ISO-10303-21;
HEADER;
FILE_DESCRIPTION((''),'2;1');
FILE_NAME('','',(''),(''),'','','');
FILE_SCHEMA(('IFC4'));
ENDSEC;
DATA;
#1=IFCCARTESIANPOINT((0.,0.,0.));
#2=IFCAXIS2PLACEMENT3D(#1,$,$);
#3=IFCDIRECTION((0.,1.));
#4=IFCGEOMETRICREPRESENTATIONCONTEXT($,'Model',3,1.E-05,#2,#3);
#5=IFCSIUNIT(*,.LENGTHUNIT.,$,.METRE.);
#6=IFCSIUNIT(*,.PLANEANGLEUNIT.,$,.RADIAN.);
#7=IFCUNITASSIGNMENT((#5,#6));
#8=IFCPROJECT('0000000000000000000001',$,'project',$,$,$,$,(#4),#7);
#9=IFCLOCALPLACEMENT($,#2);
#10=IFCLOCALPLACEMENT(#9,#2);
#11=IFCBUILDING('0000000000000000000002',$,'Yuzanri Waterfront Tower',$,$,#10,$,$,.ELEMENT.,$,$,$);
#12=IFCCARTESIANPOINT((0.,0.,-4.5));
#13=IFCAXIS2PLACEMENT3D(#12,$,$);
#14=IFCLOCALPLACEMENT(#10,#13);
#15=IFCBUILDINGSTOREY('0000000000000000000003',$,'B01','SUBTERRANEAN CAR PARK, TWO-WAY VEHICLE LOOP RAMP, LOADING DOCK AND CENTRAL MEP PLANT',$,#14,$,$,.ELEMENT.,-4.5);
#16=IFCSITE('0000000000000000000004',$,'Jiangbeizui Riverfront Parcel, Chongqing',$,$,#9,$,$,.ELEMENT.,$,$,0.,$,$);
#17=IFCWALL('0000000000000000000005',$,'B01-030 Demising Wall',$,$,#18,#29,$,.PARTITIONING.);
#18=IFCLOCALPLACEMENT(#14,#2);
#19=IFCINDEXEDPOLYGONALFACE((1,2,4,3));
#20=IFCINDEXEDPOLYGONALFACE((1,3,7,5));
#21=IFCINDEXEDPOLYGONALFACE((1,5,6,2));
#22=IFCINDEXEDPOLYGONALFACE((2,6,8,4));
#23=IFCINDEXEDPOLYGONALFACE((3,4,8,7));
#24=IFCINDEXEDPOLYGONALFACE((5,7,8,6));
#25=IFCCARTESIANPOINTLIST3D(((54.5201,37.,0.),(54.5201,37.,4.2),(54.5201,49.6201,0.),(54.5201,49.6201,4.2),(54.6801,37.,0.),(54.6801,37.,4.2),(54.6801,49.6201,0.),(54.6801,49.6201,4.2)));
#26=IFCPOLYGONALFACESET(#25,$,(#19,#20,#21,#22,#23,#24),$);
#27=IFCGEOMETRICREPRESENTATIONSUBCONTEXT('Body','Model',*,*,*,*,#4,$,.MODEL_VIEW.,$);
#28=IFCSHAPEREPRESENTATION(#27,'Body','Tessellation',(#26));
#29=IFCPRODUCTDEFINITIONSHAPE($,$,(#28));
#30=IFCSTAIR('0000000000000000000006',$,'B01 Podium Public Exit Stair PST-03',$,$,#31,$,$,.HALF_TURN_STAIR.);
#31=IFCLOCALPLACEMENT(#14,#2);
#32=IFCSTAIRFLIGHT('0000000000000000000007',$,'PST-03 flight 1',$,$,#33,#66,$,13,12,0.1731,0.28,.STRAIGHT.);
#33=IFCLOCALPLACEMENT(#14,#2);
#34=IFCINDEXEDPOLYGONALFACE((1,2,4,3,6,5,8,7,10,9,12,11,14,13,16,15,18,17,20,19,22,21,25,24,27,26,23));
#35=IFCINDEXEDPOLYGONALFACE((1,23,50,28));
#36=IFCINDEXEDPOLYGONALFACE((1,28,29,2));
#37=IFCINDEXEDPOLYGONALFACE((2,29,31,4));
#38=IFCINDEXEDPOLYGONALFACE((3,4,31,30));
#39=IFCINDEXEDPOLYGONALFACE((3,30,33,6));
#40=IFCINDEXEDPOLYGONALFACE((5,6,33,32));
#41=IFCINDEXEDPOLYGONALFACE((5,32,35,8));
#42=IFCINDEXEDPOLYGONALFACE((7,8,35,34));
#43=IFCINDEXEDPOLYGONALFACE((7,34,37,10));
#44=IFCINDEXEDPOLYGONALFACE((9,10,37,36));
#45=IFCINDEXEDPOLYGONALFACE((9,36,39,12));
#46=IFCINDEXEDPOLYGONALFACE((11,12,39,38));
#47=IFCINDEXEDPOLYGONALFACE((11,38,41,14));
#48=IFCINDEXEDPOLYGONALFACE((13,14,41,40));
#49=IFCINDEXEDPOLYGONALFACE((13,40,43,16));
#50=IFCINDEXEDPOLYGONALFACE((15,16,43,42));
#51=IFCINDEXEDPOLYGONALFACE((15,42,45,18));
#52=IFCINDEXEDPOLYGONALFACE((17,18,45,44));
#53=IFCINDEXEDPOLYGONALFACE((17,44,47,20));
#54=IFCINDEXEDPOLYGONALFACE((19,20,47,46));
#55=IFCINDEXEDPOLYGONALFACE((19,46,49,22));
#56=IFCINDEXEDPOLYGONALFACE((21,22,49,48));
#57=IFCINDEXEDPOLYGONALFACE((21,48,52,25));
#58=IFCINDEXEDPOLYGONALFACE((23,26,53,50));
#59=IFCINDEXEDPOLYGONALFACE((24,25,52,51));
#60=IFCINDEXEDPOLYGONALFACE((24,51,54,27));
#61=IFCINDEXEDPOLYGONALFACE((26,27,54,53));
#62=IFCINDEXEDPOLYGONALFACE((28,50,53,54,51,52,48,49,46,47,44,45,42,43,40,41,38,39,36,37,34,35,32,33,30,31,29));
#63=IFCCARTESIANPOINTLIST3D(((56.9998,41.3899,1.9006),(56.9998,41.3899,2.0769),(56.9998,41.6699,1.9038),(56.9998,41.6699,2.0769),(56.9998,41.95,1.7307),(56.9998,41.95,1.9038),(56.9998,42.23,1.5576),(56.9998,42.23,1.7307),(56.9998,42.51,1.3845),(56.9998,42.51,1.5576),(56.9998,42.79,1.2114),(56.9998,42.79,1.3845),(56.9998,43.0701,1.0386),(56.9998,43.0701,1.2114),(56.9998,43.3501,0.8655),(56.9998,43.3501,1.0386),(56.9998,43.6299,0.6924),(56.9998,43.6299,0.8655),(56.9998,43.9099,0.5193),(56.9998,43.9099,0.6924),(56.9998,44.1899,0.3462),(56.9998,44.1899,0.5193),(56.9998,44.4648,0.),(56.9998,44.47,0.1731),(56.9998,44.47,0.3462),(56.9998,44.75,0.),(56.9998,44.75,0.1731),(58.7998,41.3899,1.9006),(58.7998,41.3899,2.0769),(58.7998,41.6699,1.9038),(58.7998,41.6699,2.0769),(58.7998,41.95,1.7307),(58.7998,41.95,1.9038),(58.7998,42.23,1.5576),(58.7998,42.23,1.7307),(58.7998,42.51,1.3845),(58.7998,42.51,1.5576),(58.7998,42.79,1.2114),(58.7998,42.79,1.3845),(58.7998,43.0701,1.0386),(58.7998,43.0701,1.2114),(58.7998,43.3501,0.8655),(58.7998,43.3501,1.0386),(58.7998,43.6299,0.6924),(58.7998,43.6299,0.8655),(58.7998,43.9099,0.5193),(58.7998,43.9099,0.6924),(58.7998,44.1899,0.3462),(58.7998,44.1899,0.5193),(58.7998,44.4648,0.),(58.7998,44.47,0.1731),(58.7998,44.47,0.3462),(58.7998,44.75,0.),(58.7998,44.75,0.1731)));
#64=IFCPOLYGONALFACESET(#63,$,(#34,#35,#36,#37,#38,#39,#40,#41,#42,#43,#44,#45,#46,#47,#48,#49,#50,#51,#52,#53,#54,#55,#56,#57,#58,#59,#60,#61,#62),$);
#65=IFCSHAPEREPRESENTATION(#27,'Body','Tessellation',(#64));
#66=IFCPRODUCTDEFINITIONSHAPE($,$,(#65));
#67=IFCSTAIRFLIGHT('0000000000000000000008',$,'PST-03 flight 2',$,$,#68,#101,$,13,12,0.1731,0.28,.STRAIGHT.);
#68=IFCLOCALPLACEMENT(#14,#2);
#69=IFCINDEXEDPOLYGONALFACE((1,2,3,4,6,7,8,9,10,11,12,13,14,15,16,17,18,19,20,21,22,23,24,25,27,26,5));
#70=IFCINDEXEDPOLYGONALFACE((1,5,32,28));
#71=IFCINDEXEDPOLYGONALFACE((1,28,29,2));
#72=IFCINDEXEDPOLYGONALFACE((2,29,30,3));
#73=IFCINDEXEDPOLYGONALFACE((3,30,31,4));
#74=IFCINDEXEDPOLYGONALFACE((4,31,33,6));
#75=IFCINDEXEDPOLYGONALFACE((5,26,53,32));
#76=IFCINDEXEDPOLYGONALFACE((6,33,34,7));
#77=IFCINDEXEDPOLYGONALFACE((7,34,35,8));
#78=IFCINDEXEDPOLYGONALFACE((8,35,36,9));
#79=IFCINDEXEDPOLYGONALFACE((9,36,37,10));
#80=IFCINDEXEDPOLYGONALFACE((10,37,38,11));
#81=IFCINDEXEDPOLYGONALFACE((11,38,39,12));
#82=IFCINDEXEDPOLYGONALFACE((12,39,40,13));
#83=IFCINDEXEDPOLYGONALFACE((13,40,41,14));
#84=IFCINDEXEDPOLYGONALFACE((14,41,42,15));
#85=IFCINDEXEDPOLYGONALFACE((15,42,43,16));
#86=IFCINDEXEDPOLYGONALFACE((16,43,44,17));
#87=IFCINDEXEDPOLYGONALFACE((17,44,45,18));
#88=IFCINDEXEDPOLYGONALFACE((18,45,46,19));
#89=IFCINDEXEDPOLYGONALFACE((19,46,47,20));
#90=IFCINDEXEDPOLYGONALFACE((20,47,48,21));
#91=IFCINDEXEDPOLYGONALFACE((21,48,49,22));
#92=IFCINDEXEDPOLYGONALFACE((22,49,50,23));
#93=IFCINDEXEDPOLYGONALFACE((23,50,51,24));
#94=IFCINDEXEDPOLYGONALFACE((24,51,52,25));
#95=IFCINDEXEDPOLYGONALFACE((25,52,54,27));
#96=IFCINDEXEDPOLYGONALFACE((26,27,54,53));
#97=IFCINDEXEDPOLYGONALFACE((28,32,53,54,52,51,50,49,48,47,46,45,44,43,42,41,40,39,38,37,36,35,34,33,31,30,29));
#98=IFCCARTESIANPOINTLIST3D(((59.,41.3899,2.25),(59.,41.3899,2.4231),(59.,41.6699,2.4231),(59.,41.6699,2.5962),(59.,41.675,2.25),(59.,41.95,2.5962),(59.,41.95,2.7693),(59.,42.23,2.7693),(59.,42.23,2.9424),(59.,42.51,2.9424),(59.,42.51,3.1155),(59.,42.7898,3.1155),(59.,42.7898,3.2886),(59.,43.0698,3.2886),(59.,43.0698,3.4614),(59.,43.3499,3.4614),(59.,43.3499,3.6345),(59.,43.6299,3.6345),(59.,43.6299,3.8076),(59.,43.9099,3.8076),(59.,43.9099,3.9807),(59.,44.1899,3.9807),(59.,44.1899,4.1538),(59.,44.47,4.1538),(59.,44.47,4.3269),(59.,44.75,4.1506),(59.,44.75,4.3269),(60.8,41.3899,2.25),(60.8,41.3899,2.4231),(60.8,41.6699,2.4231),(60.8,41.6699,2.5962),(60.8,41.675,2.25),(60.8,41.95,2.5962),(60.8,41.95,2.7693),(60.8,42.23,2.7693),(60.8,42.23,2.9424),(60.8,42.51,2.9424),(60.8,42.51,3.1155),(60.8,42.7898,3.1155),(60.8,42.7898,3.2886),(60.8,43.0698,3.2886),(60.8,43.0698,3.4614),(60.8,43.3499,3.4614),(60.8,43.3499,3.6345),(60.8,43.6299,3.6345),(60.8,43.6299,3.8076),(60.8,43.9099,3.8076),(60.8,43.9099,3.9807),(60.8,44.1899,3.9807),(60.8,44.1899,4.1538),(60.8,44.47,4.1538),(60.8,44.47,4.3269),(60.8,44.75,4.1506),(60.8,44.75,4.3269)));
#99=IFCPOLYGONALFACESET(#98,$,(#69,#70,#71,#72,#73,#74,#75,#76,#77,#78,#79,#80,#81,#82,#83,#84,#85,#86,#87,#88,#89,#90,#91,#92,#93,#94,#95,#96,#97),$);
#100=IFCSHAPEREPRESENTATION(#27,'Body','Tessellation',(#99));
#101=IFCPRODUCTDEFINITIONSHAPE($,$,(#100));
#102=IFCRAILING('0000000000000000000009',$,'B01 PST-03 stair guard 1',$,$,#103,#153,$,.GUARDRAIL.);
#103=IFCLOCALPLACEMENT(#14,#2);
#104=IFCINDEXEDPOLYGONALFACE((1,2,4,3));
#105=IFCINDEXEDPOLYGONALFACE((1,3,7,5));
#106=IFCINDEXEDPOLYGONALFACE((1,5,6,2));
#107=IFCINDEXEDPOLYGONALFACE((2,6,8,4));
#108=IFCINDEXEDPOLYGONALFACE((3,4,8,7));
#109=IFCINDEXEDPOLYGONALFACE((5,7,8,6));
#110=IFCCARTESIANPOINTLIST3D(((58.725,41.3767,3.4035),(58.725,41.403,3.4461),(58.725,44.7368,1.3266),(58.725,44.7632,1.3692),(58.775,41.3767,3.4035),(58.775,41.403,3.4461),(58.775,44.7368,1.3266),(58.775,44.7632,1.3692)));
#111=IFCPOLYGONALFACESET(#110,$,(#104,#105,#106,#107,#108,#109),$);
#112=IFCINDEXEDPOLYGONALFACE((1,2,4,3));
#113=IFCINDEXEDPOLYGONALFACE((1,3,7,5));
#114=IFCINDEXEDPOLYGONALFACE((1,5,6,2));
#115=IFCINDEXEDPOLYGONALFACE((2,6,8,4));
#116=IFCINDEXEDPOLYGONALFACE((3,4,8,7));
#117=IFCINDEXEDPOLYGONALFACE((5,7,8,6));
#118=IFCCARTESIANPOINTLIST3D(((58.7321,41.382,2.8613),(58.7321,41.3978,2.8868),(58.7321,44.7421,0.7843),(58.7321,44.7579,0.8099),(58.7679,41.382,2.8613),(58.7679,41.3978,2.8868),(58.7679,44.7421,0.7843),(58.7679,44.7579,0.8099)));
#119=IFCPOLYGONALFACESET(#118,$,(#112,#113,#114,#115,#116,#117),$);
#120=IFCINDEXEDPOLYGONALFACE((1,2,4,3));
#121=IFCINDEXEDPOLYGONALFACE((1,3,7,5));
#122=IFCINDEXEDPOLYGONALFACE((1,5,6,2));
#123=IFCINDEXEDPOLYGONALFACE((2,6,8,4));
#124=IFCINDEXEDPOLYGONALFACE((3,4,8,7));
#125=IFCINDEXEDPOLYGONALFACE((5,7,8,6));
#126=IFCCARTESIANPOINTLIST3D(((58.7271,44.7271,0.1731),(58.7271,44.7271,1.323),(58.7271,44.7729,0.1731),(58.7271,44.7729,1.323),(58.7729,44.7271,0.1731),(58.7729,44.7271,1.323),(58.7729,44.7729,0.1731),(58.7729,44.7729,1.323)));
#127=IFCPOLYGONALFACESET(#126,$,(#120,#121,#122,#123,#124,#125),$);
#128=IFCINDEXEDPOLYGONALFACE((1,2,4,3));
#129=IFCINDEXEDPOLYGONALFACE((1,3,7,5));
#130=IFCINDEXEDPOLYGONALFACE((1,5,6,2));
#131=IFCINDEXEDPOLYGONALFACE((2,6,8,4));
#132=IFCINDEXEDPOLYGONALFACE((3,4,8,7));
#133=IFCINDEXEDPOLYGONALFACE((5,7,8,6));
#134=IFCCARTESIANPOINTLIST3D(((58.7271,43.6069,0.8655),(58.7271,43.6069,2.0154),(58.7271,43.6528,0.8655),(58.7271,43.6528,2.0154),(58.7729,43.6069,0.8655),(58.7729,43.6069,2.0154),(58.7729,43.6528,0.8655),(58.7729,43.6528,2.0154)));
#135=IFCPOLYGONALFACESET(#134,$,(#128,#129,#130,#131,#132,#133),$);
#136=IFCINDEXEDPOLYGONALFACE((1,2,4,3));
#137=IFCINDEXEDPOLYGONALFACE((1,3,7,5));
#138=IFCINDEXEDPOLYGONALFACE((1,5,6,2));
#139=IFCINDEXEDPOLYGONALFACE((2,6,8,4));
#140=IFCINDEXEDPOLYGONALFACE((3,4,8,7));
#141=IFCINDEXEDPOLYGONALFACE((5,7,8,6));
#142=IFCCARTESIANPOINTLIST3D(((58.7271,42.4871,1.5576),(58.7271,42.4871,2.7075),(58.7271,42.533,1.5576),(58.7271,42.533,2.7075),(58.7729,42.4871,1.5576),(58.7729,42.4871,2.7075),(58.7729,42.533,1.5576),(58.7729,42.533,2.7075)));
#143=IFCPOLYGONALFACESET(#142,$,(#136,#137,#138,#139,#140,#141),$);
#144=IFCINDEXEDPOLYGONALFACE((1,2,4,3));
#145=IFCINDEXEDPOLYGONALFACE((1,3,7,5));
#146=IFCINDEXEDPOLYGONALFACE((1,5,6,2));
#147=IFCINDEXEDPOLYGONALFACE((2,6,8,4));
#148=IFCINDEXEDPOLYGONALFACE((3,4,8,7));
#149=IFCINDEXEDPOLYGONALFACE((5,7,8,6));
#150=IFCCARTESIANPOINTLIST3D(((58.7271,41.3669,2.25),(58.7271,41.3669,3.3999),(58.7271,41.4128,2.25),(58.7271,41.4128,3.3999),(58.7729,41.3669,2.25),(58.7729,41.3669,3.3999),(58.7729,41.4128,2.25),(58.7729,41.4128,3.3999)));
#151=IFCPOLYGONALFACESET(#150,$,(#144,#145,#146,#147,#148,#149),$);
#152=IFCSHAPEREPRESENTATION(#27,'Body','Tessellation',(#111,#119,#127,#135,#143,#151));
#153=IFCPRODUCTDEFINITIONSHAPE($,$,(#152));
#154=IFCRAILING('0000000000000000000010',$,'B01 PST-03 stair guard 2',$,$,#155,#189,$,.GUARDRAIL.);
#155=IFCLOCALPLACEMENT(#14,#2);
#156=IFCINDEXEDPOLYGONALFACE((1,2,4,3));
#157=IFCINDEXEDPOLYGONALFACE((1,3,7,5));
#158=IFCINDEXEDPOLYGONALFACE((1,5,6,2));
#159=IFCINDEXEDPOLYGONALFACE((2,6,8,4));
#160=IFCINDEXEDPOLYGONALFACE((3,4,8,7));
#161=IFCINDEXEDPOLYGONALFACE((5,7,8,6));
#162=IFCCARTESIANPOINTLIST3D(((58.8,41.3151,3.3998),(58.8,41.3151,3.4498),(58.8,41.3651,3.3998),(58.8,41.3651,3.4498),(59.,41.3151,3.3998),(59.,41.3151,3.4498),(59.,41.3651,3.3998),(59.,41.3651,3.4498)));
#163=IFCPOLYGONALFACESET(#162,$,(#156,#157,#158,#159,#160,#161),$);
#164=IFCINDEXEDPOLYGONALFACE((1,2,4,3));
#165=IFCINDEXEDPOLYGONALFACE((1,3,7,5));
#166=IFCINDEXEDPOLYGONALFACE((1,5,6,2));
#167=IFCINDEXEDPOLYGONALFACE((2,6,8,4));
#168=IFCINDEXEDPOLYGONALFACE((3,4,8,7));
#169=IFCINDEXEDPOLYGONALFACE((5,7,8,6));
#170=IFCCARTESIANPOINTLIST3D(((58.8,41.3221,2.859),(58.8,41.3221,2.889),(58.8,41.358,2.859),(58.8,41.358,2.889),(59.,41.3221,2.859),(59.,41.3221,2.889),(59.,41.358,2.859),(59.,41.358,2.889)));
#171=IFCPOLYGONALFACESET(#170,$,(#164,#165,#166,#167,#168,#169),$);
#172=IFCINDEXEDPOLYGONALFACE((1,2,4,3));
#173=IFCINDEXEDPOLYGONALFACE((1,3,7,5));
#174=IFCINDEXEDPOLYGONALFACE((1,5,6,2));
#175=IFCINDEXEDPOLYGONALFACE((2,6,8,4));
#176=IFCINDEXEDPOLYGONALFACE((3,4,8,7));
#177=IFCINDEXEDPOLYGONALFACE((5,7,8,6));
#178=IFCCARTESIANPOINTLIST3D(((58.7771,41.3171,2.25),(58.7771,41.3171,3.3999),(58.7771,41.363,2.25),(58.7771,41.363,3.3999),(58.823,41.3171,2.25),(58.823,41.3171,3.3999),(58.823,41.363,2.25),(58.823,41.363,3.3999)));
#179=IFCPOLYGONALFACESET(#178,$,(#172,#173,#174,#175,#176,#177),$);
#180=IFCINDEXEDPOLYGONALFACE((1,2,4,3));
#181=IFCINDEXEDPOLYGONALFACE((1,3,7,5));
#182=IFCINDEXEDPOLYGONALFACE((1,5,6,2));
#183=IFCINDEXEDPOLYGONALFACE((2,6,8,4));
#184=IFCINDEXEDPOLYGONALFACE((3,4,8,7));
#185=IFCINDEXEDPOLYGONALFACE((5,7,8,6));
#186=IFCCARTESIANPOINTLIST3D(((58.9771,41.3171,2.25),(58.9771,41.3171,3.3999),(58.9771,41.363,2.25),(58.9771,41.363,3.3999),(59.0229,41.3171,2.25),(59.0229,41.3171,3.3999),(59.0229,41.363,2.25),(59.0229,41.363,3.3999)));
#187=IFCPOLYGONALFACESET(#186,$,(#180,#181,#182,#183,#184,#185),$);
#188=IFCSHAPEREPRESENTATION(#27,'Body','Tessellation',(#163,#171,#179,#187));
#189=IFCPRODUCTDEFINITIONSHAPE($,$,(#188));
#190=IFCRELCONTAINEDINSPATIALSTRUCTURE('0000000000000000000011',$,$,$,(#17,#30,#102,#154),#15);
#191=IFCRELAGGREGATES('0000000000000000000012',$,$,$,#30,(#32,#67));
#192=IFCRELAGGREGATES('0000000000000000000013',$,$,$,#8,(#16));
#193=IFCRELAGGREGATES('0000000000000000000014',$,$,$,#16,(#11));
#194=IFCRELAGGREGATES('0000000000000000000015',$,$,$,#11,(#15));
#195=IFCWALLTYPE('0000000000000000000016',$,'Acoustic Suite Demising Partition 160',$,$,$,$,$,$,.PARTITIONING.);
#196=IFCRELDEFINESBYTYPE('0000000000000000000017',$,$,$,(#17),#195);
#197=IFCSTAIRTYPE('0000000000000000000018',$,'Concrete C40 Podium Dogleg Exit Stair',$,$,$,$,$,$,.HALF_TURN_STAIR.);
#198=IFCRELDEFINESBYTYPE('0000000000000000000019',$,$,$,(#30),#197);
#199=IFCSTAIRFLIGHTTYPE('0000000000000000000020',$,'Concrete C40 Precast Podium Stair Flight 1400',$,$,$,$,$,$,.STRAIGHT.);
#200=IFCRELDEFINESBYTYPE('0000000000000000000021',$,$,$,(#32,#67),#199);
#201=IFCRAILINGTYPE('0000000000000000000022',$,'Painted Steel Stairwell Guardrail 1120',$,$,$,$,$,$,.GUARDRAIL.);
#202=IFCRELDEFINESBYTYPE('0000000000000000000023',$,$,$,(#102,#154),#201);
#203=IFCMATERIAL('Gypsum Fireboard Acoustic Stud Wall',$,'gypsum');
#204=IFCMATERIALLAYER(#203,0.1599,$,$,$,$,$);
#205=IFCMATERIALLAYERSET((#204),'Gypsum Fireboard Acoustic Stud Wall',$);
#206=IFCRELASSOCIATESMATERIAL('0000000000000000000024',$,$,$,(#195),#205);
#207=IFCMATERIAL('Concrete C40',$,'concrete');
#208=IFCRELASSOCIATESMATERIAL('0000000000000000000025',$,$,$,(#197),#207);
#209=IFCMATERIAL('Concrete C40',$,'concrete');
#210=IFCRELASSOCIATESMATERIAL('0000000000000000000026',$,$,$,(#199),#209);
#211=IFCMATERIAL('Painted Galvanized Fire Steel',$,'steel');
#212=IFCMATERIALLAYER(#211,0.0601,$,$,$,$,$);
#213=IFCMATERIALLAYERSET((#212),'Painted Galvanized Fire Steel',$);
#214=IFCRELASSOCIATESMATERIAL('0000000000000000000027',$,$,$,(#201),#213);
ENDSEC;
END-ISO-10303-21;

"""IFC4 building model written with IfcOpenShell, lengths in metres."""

from ifc_helpers import new_model, si_unit, direction, frame, frame_2d, origin, origin_2d, place, context, subcontext, project, spatial, polyline, rectangle, outline, extrude, source, transform, mapped, material, layer, layer_set, type_object, element, aggregate, save


model = new_model("IFC4")

# Units and contexts
model_context = context("Model", 3, precision=1e-05, world=origin(), true_north=direction((0.0, 1.0)))
body_context = subcontext(model_context, "Body", "Model", "MODEL_VIEW")
ifc_project = project(units=[si_unit("LENGTHUNIT", "METRE"), si_unit("PLANEANGLEUNIT", "RADIAN")], contexts=[model_context])

# Site, building, storey
site_placement = place(None, origin())
site = spatial("IfcSite", under=ifc_project, at=site_placement, Name="Jiangbeizui Riverfront Parcel, Chongqing", CompositionType="ELEMENT", RefElevation=0.0)
building_placement = place(site_placement, origin())
building = spatial("IfcBuilding", under=site, at=building_placement, Name="Yuzanri Waterfront Tower", CompositionType="ELEMENT")
storey_placement = place(building_placement, frame((0.0, 0.0, -4.5)))
storey = spatial("IfcBuildingStorey", under=building, at=storey_placement, Name="B01", Description="SUBTERRANEAN CAR PARK, TWO-WAY VEHICLE LOOP RAMP, LOADING DOCK AND CENTRAL MEP PLANT", CompositionType="ELEMENT", Elevation=-4.5)

# Wall
ifc_material_1 = material(Name="Gypsum Fireboard Acoustic Stud Wall", Category="gypsum")
ifc_layer_1 = layer(ifc_material_1, 0.1599)
ifc_layer_set_1 = layer_set([ifc_layer_1], Name="Gypsum Fireboard Acoustic Stud Wall")
wall_type_1 = type_object("IfcWallType", Name="Acoustic Suite Demising Partition 160", PredefinedType="PARTITIONING", material=ifc_layer_set_1)
shared_shape_1 = source(origin(), body_context, "Body", "SweptSolid", [
    extrude(rectangle(XDim=12.6201, YDim=0.1599, at=frame_2d((6.3101, 0.0))), origin(), (0.0, 0.0, 1.0), 4.2),
])
wall_1_placement = place(storey_placement, frame((54.6001, 37.0, 0.0), z_axis=(0.0, 0.0, 1.0), x_axis=(0.0, 1.0, 0.0)))
element("IfcWall", 1, at=wall_1_placement, inside=storey, type_object=wall_type_1, Name="B01-030 Demising Wall", PredefinedType="PARTITIONING", context=body_context, shape_type="MappedRepresentation", body=[
    mapped(shared_shape_1, transform((0.0, 0.0, 0.0), scale=1.0)),
])

# Stair, stair flights
ifc_material_2 = material(Name="Concrete C40", Category="concrete")
stair_type = type_object("IfcStairType", Name="Concrete C40 Podium Dogleg Exit Stair", PredefinedType="HALF_TURN_STAIR", material=ifc_material_2)
stair_placement = place(storey_placement, origin())
stair = element("IfcStair", 2, at=stair_placement, inside=storey, type_object=stair_type, Name="B01 Podium Public Exit Stair PST-03", PredefinedType="HALF_TURN_STAIR")
ifc_material_3 = material(Name="Concrete C40", Category="concrete")
stair_flight_type = type_object("IfcStairFlightType", Name="Concrete C40 Precast Podium Stair Flight 1400", PredefinedType="STRAIGHT", material=ifc_material_3)
shared_shape_2 = source(origin(), body_context, "Body", "SweptSolid", [
    extrude(outline(polyline([(0.0, 0.0), (0.0, 0.1731), (0.28, 0.1731), (0.28, 0.3462), (0.5601, 0.3462), (0.5601, 0.5193), (0.8401, 0.5193), (0.8401, 0.6924), (1.1201, 0.6924), (1.1201, 0.8655), (1.3999, 0.8655), (1.3999, 1.0386), (1.6799, 1.0386), (1.6799, 1.2114), (1.96, 1.2114), (1.96, 1.3845), (2.24, 1.3845), (2.24, 1.5576), (2.52, 1.5576), (2.52, 1.7307), (2.8, 1.7307), (2.8, 1.9038), (3.0801, 1.9038), (3.0801, 2.0769), (3.3601, 2.0769), (3.3601, 2.25), (3.3601, 1.9006), (0.2852, 0.0), (0.0, 0.0)])), frame((0.0, 0.8999, 0.0), z_axis=(0.0, -1.0, 0.0), x_axis=(1.0, 0.0, 0.0)), (0.0, 0.0, 1.0), 1.8),
])
stair_flight_1_placement = place(storey_placement, frame((57.8999, 44.75, 0.0), z_axis=(0.0, 0.0, 1.0), x_axis=(0.0, -1.0, 0.0)))
stair_flight_1 = element("IfcStairFlight", 3, at=stair_flight_1_placement, type_object=stair_flight_type, Name="PST-03 flight 1", NumberOfRisers=13, NumberOfTreads=12, PredefinedType="STRAIGHT", RiserHeight=0.1731, TreadLength=0.28, context=body_context, shape_type="MappedRepresentation", body=[
    mapped(shared_shape_2, transform((0.0, 0.0, 0.0), scale=1.0)),
])
stair_flight_2_placement = place(storey_placement, frame((59.8999, 41.3899, 2.25), z_axis=(0.0, 0.0, 1.0), x_axis=(0.0, 1.0, 0.0)))
stair_flight_2 = element("IfcStairFlight", 4, at=stair_flight_2_placement, type_object=stair_flight_type, Name="PST-03 flight 2", NumberOfRisers=13, NumberOfTreads=12, PredefinedType="STRAIGHT", RiserHeight=0.1731, TreadLength=0.28, context=body_context, shape_type="MappedRepresentation", body=[
    mapped(shared_shape_2, transform((0.0, 0.0, 0.0), scale=1.0)),
])
aggregate(stair, [stair_flight_1, stair_flight_2])

# Railings
ifc_material_4 = material(Name="Painted Galvanized Fire Steel", Category="steel")
ifc_layer_2 = layer(ifc_material_4, 0.0601)
ifc_layer_set_2 = layer_set([ifc_layer_2], Name="Painted Galvanized Fire Steel")
railing_type_1 = type_object("IfcRailingType", Name="Painted Steel Stairwell Guardrail 1120", PredefinedType="GUARDRAIL", material=ifc_layer_set_2)
shared_shape_3 = source(origin(), body_context, "Body", "SweptSolid", [
    extrude(rectangle(XDim=0.05, YDim=0.05, at=origin_2d()), frame((0.0, 0.0, 1.1748), z_axis=(0.0, -0.850623, 0.525776), x_axis=(1.0, 0.0, 0.0)), (0.0, 0.0, 1.0), 3.9502),
    extrude(rectangle(XDim=0.0359, YDim=0.03, at=origin_2d()), frame((0.0, 0.0, 0.624), z_axis=(0.0, -0.850623, 0.525776), x_axis=(1.0, 0.0, 0.0)), (0.0, 0.0, 1.0), 3.9502),
    extrude(rectangle(XDim=0.0459, YDim=0.0459, at=origin_2d()), origin(), (0.0, 0.0, 1.0), 1.1499),
    extrude(rectangle(XDim=0.0459, YDim=0.0459, at=origin_2d()), frame((0.0, -1.1201, 0.6924)), (0.0, 0.0, 1.0), 1.1499),
    extrude(rectangle(XDim=0.0459, YDim=0.0459, at=origin_2d()), frame((0.0, -2.24, 1.3845)), (0.0, 0.0, 1.0), 1.1499),
    extrude(rectangle(XDim=0.0459, YDim=0.0459, at=origin_2d()), frame((0.0, -3.3601, 2.0769)), (0.0, 0.0, 1.0), 1.1499),
])
railing_1_placement = place(storey_placement, frame((58.75, 44.75, 0.1731)))
element("IfcRailing", 5, at=railing_1_placement, inside=storey, type_object=railing_type_1, Name="B01 PST-03 stair guard 1", PredefinedType="GUARDRAIL", context=body_context, shape_type="MappedRepresentation", body=[
    mapped(shared_shape_3, transform((0.0, 0.0, 0.0), scale=1.0)),
])
shared_shape_4 = source(origin(), body_context, "Body", "SweptSolid", [
    extrude(rectangle(XDim=0.05, YDim=0.05, at=origin_2d()), frame((0.0, 0.0, 1.1748), z_axis=(1.0, 0.0, 0.0), x_axis=(0.0, 1.0, 0.0)), (0.0, 0.0, 1.0), 0.2),
    extrude(rectangle(XDim=0.0359, YDim=0.03, at=origin_2d()), frame((0.0, 0.0, 0.624), z_axis=(1.0, 0.0, 0.0), x_axis=(0.0, 1.0, 0.0)), (0.0, 0.0, 1.0), 0.2),
    extrude(rectangle(XDim=0.0459, YDim=0.0459, at=origin_2d()), origin(), (0.0, 0.0, 1.0), 1.1499),
    extrude(rectangle(XDim=0.0459, YDim=0.0459, at=origin_2d()), frame((0.2, 0.0, 0.0)), (0.0, 0.0, 1.0), 1.1499),
])
for number, where, name in (
    (6, (58.8, 41.3401, 2.25), "B01 PST-03 stair guard 2"),
):
    element("IfcRailing", number, at=place(storey_placement, frame(where)), inside=storey, type_object=railing_type_1, Name=name, PredefinedType="GUARDRAIL", context=body_context, shape_type="MappedRepresentation", body=[
        mapped(shared_shape_4, transform((0.0, 0.0, 0.0), scale=1.0)),
    ])

save(model, "model.ifc")
